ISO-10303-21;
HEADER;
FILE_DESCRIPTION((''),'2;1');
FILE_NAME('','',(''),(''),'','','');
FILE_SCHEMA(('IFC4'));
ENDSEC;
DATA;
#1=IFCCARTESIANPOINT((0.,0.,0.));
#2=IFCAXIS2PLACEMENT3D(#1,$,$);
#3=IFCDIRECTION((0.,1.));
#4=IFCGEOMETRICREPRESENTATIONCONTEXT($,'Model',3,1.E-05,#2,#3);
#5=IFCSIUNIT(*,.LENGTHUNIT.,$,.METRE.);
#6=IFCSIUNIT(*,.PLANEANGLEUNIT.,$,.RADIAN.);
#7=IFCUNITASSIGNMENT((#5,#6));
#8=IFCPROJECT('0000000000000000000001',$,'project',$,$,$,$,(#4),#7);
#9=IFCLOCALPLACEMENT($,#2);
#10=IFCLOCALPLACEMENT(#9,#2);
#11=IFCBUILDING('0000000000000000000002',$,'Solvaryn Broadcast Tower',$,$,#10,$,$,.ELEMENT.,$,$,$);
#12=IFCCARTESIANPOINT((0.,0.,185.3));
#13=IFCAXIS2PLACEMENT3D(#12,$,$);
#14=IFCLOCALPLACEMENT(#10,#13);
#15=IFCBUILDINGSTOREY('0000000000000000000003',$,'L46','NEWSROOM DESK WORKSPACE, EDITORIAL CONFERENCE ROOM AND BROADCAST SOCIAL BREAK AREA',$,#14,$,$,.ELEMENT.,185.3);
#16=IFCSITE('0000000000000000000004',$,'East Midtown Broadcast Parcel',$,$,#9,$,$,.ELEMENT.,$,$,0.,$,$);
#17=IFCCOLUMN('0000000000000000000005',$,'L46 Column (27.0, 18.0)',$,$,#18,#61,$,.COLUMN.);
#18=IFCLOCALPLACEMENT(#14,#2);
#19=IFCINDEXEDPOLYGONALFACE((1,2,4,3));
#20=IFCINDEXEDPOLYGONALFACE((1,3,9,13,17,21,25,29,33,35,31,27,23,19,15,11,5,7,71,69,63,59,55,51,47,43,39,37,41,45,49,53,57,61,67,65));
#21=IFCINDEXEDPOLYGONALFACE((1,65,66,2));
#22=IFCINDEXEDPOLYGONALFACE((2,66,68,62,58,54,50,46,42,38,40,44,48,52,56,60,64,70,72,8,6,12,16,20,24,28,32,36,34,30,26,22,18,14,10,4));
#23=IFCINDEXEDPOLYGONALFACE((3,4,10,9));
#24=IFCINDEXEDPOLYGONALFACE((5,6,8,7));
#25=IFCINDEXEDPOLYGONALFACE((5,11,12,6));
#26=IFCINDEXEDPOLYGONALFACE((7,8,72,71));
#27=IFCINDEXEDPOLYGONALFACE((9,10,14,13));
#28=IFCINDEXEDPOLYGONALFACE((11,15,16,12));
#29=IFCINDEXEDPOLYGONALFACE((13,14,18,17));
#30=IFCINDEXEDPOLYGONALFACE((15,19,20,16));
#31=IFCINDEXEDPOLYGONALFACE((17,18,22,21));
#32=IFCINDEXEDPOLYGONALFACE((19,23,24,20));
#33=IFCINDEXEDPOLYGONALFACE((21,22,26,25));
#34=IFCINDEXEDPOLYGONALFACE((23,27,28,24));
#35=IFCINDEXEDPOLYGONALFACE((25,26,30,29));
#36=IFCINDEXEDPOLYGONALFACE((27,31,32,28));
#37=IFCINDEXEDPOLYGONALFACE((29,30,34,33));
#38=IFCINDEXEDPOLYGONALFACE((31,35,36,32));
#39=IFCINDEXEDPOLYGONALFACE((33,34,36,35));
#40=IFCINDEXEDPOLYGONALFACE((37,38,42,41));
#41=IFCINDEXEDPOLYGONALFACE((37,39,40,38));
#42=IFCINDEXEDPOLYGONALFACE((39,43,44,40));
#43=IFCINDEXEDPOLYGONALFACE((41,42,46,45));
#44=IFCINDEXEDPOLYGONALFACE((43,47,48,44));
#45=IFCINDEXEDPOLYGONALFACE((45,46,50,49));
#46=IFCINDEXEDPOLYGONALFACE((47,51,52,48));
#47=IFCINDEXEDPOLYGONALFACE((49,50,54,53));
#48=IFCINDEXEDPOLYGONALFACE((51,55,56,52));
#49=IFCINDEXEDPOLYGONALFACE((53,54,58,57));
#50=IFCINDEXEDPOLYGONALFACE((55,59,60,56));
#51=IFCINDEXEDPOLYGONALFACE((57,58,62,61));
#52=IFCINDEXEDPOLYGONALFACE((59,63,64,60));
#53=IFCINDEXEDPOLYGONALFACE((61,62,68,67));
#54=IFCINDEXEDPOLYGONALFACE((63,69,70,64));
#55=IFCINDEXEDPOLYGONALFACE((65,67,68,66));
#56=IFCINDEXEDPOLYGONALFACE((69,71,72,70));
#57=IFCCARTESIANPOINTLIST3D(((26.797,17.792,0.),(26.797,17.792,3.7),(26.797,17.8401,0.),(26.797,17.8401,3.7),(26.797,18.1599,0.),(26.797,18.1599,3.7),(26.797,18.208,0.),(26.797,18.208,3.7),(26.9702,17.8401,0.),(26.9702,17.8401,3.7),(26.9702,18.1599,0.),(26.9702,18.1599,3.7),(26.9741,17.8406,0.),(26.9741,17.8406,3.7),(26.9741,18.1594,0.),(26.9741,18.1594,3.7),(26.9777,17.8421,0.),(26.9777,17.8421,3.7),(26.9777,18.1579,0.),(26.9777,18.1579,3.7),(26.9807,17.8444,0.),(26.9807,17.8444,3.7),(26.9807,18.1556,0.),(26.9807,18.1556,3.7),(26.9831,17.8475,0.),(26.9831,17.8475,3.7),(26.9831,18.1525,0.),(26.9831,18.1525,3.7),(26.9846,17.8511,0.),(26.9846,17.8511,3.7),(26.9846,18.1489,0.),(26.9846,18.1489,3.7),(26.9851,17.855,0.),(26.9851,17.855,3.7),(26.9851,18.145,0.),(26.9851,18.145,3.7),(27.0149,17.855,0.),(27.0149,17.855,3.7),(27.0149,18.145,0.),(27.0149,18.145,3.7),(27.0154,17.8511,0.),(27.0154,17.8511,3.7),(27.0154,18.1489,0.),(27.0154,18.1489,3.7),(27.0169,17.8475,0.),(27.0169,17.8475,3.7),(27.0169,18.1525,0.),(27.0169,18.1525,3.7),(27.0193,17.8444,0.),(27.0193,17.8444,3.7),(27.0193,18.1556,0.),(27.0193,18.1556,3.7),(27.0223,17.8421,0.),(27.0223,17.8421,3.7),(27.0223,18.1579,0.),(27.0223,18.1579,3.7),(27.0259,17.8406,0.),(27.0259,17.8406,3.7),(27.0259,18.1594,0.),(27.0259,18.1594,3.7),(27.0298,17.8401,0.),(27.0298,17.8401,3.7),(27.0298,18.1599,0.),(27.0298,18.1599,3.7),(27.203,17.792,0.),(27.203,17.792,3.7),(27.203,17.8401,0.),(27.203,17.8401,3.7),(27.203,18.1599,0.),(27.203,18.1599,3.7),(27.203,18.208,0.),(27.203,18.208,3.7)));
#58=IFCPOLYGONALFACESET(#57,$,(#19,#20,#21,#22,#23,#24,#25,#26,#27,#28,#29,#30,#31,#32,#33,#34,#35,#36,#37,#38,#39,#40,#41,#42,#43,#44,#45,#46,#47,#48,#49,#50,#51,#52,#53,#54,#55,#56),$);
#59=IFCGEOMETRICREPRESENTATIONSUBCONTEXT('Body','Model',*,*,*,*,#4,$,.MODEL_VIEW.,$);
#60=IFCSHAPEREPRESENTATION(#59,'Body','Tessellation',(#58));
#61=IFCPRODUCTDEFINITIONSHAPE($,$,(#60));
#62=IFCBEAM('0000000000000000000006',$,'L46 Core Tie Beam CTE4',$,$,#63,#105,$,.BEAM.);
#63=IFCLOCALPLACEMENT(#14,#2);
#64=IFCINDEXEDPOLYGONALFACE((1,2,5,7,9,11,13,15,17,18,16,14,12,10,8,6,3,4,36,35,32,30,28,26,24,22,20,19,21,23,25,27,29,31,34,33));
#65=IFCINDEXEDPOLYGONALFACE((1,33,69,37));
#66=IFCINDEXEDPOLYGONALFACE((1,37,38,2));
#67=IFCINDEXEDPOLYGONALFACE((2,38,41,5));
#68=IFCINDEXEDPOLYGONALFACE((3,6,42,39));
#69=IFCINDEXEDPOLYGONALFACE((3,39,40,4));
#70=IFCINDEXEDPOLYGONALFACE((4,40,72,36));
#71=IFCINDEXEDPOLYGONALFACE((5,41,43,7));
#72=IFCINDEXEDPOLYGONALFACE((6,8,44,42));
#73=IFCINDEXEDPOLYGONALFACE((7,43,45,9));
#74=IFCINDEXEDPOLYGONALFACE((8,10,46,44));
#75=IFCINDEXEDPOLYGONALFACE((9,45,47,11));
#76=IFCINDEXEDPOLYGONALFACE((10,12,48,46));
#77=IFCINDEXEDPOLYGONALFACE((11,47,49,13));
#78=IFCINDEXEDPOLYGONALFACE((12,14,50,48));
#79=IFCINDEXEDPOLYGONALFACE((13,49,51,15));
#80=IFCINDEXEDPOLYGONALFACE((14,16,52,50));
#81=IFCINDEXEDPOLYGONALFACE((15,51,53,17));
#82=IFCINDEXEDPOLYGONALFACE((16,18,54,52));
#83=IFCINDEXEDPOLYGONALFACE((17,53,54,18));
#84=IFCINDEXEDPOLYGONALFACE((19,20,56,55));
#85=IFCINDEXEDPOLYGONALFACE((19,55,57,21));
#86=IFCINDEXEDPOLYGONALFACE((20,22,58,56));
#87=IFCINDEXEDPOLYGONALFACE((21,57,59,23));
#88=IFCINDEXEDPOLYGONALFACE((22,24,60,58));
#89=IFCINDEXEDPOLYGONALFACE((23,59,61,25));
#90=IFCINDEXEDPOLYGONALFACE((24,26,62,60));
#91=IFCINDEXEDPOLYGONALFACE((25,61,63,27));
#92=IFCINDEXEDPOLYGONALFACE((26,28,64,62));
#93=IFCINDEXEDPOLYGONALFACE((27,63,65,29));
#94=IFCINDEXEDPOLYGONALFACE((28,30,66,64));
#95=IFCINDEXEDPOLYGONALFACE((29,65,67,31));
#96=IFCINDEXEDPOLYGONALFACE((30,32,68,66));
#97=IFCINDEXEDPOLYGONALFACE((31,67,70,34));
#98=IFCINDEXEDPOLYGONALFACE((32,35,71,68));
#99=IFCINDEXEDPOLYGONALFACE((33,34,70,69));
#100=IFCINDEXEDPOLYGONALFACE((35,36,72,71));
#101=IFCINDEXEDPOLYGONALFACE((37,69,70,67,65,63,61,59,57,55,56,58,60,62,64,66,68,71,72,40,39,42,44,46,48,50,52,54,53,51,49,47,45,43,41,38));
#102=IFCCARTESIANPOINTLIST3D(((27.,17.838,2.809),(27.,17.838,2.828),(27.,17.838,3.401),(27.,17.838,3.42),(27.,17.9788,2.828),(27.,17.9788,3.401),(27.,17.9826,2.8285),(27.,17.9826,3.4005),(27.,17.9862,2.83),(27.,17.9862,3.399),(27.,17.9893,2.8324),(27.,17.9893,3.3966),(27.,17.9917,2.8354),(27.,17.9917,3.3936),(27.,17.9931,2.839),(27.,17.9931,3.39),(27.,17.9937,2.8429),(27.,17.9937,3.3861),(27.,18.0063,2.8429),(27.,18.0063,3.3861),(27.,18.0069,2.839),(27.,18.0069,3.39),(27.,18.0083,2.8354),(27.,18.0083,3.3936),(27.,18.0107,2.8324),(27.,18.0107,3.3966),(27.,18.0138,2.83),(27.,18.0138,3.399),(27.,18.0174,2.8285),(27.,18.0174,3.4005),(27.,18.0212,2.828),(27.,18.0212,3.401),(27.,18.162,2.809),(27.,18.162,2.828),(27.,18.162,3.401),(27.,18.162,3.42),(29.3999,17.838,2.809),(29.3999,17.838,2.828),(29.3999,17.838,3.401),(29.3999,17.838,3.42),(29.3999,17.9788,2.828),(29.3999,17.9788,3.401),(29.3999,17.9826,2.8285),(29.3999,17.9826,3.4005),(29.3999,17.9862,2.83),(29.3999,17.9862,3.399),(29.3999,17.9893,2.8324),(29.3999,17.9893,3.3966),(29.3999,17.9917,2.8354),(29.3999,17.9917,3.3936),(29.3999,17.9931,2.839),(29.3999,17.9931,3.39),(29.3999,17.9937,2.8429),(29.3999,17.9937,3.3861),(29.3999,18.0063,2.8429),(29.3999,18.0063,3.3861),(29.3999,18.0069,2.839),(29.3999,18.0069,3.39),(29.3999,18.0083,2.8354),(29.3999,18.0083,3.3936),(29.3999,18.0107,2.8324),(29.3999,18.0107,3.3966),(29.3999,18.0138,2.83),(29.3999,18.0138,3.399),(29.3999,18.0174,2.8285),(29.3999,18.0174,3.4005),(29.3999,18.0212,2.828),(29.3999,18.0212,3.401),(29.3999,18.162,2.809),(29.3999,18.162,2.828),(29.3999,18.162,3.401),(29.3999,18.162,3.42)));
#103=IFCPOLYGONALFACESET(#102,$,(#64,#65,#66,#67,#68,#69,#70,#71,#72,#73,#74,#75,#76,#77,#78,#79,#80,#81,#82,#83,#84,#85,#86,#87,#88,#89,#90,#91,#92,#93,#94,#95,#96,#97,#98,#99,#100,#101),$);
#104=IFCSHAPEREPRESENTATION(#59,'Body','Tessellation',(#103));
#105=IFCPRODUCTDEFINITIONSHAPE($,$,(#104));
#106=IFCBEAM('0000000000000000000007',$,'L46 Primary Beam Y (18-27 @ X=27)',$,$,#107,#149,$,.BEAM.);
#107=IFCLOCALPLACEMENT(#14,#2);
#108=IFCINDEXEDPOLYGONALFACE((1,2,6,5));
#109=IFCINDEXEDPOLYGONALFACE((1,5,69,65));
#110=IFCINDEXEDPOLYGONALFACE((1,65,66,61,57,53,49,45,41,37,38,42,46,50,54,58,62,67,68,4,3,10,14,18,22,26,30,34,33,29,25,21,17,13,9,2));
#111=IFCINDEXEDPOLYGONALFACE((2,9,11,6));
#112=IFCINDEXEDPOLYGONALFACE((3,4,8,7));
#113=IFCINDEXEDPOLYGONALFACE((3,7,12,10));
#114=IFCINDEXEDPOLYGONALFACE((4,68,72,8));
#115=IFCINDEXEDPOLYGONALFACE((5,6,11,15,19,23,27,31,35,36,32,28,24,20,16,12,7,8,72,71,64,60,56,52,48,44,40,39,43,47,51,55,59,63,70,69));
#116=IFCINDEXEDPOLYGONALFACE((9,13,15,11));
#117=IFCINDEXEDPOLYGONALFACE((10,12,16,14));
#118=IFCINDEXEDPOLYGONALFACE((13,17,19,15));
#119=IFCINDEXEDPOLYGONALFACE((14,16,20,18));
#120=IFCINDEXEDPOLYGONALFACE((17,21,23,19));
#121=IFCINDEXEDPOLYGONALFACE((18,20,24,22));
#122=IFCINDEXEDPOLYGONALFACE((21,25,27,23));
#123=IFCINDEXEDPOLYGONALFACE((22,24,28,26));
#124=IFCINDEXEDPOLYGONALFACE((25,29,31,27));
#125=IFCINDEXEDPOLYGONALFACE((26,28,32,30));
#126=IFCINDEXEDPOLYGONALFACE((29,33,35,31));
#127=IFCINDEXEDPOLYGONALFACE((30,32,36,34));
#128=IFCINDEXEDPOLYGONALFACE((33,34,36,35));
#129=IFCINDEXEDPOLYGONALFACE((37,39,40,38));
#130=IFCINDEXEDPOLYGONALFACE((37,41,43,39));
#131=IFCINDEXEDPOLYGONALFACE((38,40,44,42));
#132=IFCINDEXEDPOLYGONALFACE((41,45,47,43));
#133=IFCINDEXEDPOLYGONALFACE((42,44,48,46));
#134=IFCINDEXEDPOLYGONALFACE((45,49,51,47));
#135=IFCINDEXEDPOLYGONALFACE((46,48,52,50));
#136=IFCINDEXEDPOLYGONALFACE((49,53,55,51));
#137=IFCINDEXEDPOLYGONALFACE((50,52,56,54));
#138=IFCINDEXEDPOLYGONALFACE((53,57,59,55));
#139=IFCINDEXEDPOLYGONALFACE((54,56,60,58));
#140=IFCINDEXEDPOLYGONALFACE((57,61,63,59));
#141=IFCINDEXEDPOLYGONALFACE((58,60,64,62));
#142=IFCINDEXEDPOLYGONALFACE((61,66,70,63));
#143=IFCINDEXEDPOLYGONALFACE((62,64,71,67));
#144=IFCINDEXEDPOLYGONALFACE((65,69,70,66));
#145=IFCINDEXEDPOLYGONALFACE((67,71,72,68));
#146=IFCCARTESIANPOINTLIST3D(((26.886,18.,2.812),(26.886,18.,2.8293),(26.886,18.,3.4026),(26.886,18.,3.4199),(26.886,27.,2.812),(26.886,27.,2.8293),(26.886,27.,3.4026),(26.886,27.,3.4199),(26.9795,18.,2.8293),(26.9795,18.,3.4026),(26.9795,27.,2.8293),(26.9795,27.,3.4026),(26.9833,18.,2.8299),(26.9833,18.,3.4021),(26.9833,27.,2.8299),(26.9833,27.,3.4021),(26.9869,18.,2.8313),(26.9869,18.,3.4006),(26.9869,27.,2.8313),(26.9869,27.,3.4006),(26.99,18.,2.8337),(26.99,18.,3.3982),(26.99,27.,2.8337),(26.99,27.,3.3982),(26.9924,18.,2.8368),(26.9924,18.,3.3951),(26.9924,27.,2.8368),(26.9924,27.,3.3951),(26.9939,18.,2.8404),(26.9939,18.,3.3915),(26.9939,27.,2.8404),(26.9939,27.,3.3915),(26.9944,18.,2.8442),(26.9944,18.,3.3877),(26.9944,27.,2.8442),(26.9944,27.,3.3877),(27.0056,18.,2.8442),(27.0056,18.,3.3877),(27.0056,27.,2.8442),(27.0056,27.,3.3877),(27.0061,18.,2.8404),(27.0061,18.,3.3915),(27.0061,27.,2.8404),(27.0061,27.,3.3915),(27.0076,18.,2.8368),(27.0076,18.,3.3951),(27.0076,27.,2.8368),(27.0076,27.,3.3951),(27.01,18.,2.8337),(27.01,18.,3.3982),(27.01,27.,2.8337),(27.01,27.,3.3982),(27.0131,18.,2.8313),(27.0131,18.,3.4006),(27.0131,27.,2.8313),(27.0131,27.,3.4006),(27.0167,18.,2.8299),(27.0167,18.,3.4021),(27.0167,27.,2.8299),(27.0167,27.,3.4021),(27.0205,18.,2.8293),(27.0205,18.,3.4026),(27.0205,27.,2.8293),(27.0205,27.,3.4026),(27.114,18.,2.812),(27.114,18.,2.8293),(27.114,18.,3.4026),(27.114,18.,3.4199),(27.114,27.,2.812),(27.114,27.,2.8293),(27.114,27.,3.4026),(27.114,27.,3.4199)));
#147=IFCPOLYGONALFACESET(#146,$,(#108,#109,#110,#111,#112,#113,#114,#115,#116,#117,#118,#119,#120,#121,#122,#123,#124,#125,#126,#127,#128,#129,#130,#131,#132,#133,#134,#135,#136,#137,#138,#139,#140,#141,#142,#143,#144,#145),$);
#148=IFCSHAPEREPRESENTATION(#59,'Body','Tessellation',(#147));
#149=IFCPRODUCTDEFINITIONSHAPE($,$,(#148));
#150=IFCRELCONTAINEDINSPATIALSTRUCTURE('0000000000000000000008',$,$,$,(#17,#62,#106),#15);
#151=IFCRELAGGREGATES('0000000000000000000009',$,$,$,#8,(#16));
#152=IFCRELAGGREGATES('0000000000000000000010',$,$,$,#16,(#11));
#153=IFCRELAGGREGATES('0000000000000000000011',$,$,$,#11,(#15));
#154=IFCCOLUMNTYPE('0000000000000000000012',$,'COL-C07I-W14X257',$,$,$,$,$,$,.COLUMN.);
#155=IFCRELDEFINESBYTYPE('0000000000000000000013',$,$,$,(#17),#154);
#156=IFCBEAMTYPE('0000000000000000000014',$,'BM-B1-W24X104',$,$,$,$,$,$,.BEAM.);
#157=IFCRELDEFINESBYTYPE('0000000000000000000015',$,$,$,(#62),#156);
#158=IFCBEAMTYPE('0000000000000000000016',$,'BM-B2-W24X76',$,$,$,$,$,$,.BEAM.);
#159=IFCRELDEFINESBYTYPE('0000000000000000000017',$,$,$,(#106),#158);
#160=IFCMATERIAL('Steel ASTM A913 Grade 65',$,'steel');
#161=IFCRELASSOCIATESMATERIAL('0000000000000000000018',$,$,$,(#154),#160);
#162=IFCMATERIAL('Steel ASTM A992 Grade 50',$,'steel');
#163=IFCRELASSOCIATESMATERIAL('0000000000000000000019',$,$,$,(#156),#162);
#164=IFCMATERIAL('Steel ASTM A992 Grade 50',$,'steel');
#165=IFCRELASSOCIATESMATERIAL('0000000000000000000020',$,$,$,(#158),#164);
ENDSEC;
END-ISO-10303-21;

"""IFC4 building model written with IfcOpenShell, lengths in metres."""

from ifc_helpers import new_model, si_unit, direction, frame, origin, origin_2d, place, context, subcontext, project, spatial, i_section, extrude, material, material_profile, profile_set, type_object, element, save


model = new_model("IFC4")

# Units and contexts
model_context = context("Model", 3, precision=1e-05, world=origin(), true_north=direction((0.0, 1.0)))
body_context = subcontext(model_context, "Body", "Model", "MODEL_VIEW")
ifc_project = project(units=[si_unit("LENGTHUNIT", "METRE"), si_unit("PLANEANGLEUNIT", "RADIAN")], contexts=[model_context])

# Site, building, storey
site_placement = place(None, origin())
site = spatial("IfcSite", under=ifc_project, at=site_placement, Name="East Midtown Broadcast Parcel", CompositionType="ELEMENT", RefElevation=0.0)
building_placement = place(site_placement, origin())
building = spatial("IfcBuilding", under=site, at=building_placement, Name="Solvaryn Broadcast Tower", CompositionType="ELEMENT")
storey_placement = place(building_placement, frame((0.0, 0.0, 185.3)))
storey = spatial("IfcBuildingStorey", under=building, at=storey_placement, Name="L46", Description="NEWSROOM DESK WORKSPACE, EDITORIAL CONFERENCE ROOM AND BROADCAST SOCIAL BREAK AREA", CompositionType="ELEMENT", Elevation=185.3)

# Column
ifc_material_1 = material(Name="Steel ASTM A913 Grade 65", Category="steel")
ifc_material_profile_1 = material_profile(ifc_material_1, i_section(OverallWidth=0.406, OverallDepth=0.416, WebThickness=0.0298, FlangeThickness=0.0481, FilletRadius=0.0149, at=origin_2d()))
ifc_profile_set_1 = profile_set([ifc_material_profile_1], Name="Steel ASTM A913 Grade 65")
column_type = type_object("IfcColumnType", Name="COL-C07I-W14X257", PredefinedType="COLUMN", material=ifc_profile_set_1)
column_placement = place(storey_placement, frame((27.0, 18.0, 0.0), z_axis=(0.0, 0.0, 1.0), x_axis=(1.0, 0.0, 0.0)))
element("IfcColumn", 1, at=column_placement, inside=storey, type_object=column_type, Name="L46 Column (27.0, 18.0)", PredefinedType="COLUMN", context=body_context, shape_type="SweptSolid", body=[
    extrude(i_section(OverallWidth=0.406, OverallDepth=0.416, WebThickness=0.0298, FlangeThickness=0.0481, FilletRadius=0.0149, at=origin_2d()), origin(), (0.0, 0.0, 1.0), 3.7),
])

# Beams
ifc_material_2 = material(Name="Steel ASTM A992 Grade 50", Category="steel")
ifc_material_profile_2 = material_profile(ifc_material_2, i_section(OverallWidth=0.324, OverallDepth=0.6111, WebThickness=0.0127, FlangeThickness=0.019, FilletRadius=0.0149, at=origin_2d()))
ifc_profile_set_2 = profile_set([ifc_material_profile_2], Name="Steel ASTM A992 Grade 50")
beam_type_1 = type_object("IfcBeamType", Name="BM-B1-W24X104", PredefinedType="BEAM", material=ifc_profile_set_2)
beam_1_placement = place(storey_placement, frame((27.0, 18.0, 3.1145), z_axis=(1.0, 0.0, 0.0), x_axis=(0.0, 1.0, 0.0)))
element("IfcBeam", 2, at=beam_1_placement, inside=storey, type_object=beam_type_1, Name="L46 Core Tie Beam CTE4", PredefinedType="BEAM", context=body_context, shape_type="SweptSolid", body=[
    extrude(i_section(OverallWidth=0.324, OverallDepth=0.6111, WebThickness=0.0127, FlangeThickness=0.019, FilletRadius=0.0149, at=origin_2d()), origin(), (0.0, 0.0, 1.0), 2.3999),
])
ifc_material_3 = material(Name="Steel ASTM A992 Grade 50", Category="steel")
ifc_material_profile_3 = material_profile(ifc_material_3, i_section(OverallWidth=0.228, OverallDepth=0.6079, WebThickness=0.0112, FlangeThickness=0.0173, FilletRadius=0.0149, at=origin_2d()))
ifc_profile_set_3 = profile_set([ifc_material_profile_3], Name="Steel ASTM A992 Grade 50")
beam_type_2 = type_object("IfcBeamType", Name="BM-B2-W24X76", PredefinedType="BEAM", material=ifc_profile_set_3)
beam_2_placement = place(storey_placement, frame((27.0, 18.0, 3.116), z_axis=(0.0, 1.0, 0.0), x_axis=(-1.0, 0.0, 0.0)))
element("IfcBeam", 3, at=beam_2_placement, inside=storey, type_object=beam_type_2, Name="L46 Primary Beam Y (18-27 @ X=27)", PredefinedType="BEAM", context=body_context, shape_type="SweptSolid", body=[
    extrude(i_section(OverallWidth=0.228, OverallDepth=0.6079, WebThickness=0.0112, FlangeThickness=0.0173, FilletRadius=0.0149, at=origin_2d()), origin(), (0.0, 0.0, 1.0), 9.0),
])

save(model, "model.ifc")
